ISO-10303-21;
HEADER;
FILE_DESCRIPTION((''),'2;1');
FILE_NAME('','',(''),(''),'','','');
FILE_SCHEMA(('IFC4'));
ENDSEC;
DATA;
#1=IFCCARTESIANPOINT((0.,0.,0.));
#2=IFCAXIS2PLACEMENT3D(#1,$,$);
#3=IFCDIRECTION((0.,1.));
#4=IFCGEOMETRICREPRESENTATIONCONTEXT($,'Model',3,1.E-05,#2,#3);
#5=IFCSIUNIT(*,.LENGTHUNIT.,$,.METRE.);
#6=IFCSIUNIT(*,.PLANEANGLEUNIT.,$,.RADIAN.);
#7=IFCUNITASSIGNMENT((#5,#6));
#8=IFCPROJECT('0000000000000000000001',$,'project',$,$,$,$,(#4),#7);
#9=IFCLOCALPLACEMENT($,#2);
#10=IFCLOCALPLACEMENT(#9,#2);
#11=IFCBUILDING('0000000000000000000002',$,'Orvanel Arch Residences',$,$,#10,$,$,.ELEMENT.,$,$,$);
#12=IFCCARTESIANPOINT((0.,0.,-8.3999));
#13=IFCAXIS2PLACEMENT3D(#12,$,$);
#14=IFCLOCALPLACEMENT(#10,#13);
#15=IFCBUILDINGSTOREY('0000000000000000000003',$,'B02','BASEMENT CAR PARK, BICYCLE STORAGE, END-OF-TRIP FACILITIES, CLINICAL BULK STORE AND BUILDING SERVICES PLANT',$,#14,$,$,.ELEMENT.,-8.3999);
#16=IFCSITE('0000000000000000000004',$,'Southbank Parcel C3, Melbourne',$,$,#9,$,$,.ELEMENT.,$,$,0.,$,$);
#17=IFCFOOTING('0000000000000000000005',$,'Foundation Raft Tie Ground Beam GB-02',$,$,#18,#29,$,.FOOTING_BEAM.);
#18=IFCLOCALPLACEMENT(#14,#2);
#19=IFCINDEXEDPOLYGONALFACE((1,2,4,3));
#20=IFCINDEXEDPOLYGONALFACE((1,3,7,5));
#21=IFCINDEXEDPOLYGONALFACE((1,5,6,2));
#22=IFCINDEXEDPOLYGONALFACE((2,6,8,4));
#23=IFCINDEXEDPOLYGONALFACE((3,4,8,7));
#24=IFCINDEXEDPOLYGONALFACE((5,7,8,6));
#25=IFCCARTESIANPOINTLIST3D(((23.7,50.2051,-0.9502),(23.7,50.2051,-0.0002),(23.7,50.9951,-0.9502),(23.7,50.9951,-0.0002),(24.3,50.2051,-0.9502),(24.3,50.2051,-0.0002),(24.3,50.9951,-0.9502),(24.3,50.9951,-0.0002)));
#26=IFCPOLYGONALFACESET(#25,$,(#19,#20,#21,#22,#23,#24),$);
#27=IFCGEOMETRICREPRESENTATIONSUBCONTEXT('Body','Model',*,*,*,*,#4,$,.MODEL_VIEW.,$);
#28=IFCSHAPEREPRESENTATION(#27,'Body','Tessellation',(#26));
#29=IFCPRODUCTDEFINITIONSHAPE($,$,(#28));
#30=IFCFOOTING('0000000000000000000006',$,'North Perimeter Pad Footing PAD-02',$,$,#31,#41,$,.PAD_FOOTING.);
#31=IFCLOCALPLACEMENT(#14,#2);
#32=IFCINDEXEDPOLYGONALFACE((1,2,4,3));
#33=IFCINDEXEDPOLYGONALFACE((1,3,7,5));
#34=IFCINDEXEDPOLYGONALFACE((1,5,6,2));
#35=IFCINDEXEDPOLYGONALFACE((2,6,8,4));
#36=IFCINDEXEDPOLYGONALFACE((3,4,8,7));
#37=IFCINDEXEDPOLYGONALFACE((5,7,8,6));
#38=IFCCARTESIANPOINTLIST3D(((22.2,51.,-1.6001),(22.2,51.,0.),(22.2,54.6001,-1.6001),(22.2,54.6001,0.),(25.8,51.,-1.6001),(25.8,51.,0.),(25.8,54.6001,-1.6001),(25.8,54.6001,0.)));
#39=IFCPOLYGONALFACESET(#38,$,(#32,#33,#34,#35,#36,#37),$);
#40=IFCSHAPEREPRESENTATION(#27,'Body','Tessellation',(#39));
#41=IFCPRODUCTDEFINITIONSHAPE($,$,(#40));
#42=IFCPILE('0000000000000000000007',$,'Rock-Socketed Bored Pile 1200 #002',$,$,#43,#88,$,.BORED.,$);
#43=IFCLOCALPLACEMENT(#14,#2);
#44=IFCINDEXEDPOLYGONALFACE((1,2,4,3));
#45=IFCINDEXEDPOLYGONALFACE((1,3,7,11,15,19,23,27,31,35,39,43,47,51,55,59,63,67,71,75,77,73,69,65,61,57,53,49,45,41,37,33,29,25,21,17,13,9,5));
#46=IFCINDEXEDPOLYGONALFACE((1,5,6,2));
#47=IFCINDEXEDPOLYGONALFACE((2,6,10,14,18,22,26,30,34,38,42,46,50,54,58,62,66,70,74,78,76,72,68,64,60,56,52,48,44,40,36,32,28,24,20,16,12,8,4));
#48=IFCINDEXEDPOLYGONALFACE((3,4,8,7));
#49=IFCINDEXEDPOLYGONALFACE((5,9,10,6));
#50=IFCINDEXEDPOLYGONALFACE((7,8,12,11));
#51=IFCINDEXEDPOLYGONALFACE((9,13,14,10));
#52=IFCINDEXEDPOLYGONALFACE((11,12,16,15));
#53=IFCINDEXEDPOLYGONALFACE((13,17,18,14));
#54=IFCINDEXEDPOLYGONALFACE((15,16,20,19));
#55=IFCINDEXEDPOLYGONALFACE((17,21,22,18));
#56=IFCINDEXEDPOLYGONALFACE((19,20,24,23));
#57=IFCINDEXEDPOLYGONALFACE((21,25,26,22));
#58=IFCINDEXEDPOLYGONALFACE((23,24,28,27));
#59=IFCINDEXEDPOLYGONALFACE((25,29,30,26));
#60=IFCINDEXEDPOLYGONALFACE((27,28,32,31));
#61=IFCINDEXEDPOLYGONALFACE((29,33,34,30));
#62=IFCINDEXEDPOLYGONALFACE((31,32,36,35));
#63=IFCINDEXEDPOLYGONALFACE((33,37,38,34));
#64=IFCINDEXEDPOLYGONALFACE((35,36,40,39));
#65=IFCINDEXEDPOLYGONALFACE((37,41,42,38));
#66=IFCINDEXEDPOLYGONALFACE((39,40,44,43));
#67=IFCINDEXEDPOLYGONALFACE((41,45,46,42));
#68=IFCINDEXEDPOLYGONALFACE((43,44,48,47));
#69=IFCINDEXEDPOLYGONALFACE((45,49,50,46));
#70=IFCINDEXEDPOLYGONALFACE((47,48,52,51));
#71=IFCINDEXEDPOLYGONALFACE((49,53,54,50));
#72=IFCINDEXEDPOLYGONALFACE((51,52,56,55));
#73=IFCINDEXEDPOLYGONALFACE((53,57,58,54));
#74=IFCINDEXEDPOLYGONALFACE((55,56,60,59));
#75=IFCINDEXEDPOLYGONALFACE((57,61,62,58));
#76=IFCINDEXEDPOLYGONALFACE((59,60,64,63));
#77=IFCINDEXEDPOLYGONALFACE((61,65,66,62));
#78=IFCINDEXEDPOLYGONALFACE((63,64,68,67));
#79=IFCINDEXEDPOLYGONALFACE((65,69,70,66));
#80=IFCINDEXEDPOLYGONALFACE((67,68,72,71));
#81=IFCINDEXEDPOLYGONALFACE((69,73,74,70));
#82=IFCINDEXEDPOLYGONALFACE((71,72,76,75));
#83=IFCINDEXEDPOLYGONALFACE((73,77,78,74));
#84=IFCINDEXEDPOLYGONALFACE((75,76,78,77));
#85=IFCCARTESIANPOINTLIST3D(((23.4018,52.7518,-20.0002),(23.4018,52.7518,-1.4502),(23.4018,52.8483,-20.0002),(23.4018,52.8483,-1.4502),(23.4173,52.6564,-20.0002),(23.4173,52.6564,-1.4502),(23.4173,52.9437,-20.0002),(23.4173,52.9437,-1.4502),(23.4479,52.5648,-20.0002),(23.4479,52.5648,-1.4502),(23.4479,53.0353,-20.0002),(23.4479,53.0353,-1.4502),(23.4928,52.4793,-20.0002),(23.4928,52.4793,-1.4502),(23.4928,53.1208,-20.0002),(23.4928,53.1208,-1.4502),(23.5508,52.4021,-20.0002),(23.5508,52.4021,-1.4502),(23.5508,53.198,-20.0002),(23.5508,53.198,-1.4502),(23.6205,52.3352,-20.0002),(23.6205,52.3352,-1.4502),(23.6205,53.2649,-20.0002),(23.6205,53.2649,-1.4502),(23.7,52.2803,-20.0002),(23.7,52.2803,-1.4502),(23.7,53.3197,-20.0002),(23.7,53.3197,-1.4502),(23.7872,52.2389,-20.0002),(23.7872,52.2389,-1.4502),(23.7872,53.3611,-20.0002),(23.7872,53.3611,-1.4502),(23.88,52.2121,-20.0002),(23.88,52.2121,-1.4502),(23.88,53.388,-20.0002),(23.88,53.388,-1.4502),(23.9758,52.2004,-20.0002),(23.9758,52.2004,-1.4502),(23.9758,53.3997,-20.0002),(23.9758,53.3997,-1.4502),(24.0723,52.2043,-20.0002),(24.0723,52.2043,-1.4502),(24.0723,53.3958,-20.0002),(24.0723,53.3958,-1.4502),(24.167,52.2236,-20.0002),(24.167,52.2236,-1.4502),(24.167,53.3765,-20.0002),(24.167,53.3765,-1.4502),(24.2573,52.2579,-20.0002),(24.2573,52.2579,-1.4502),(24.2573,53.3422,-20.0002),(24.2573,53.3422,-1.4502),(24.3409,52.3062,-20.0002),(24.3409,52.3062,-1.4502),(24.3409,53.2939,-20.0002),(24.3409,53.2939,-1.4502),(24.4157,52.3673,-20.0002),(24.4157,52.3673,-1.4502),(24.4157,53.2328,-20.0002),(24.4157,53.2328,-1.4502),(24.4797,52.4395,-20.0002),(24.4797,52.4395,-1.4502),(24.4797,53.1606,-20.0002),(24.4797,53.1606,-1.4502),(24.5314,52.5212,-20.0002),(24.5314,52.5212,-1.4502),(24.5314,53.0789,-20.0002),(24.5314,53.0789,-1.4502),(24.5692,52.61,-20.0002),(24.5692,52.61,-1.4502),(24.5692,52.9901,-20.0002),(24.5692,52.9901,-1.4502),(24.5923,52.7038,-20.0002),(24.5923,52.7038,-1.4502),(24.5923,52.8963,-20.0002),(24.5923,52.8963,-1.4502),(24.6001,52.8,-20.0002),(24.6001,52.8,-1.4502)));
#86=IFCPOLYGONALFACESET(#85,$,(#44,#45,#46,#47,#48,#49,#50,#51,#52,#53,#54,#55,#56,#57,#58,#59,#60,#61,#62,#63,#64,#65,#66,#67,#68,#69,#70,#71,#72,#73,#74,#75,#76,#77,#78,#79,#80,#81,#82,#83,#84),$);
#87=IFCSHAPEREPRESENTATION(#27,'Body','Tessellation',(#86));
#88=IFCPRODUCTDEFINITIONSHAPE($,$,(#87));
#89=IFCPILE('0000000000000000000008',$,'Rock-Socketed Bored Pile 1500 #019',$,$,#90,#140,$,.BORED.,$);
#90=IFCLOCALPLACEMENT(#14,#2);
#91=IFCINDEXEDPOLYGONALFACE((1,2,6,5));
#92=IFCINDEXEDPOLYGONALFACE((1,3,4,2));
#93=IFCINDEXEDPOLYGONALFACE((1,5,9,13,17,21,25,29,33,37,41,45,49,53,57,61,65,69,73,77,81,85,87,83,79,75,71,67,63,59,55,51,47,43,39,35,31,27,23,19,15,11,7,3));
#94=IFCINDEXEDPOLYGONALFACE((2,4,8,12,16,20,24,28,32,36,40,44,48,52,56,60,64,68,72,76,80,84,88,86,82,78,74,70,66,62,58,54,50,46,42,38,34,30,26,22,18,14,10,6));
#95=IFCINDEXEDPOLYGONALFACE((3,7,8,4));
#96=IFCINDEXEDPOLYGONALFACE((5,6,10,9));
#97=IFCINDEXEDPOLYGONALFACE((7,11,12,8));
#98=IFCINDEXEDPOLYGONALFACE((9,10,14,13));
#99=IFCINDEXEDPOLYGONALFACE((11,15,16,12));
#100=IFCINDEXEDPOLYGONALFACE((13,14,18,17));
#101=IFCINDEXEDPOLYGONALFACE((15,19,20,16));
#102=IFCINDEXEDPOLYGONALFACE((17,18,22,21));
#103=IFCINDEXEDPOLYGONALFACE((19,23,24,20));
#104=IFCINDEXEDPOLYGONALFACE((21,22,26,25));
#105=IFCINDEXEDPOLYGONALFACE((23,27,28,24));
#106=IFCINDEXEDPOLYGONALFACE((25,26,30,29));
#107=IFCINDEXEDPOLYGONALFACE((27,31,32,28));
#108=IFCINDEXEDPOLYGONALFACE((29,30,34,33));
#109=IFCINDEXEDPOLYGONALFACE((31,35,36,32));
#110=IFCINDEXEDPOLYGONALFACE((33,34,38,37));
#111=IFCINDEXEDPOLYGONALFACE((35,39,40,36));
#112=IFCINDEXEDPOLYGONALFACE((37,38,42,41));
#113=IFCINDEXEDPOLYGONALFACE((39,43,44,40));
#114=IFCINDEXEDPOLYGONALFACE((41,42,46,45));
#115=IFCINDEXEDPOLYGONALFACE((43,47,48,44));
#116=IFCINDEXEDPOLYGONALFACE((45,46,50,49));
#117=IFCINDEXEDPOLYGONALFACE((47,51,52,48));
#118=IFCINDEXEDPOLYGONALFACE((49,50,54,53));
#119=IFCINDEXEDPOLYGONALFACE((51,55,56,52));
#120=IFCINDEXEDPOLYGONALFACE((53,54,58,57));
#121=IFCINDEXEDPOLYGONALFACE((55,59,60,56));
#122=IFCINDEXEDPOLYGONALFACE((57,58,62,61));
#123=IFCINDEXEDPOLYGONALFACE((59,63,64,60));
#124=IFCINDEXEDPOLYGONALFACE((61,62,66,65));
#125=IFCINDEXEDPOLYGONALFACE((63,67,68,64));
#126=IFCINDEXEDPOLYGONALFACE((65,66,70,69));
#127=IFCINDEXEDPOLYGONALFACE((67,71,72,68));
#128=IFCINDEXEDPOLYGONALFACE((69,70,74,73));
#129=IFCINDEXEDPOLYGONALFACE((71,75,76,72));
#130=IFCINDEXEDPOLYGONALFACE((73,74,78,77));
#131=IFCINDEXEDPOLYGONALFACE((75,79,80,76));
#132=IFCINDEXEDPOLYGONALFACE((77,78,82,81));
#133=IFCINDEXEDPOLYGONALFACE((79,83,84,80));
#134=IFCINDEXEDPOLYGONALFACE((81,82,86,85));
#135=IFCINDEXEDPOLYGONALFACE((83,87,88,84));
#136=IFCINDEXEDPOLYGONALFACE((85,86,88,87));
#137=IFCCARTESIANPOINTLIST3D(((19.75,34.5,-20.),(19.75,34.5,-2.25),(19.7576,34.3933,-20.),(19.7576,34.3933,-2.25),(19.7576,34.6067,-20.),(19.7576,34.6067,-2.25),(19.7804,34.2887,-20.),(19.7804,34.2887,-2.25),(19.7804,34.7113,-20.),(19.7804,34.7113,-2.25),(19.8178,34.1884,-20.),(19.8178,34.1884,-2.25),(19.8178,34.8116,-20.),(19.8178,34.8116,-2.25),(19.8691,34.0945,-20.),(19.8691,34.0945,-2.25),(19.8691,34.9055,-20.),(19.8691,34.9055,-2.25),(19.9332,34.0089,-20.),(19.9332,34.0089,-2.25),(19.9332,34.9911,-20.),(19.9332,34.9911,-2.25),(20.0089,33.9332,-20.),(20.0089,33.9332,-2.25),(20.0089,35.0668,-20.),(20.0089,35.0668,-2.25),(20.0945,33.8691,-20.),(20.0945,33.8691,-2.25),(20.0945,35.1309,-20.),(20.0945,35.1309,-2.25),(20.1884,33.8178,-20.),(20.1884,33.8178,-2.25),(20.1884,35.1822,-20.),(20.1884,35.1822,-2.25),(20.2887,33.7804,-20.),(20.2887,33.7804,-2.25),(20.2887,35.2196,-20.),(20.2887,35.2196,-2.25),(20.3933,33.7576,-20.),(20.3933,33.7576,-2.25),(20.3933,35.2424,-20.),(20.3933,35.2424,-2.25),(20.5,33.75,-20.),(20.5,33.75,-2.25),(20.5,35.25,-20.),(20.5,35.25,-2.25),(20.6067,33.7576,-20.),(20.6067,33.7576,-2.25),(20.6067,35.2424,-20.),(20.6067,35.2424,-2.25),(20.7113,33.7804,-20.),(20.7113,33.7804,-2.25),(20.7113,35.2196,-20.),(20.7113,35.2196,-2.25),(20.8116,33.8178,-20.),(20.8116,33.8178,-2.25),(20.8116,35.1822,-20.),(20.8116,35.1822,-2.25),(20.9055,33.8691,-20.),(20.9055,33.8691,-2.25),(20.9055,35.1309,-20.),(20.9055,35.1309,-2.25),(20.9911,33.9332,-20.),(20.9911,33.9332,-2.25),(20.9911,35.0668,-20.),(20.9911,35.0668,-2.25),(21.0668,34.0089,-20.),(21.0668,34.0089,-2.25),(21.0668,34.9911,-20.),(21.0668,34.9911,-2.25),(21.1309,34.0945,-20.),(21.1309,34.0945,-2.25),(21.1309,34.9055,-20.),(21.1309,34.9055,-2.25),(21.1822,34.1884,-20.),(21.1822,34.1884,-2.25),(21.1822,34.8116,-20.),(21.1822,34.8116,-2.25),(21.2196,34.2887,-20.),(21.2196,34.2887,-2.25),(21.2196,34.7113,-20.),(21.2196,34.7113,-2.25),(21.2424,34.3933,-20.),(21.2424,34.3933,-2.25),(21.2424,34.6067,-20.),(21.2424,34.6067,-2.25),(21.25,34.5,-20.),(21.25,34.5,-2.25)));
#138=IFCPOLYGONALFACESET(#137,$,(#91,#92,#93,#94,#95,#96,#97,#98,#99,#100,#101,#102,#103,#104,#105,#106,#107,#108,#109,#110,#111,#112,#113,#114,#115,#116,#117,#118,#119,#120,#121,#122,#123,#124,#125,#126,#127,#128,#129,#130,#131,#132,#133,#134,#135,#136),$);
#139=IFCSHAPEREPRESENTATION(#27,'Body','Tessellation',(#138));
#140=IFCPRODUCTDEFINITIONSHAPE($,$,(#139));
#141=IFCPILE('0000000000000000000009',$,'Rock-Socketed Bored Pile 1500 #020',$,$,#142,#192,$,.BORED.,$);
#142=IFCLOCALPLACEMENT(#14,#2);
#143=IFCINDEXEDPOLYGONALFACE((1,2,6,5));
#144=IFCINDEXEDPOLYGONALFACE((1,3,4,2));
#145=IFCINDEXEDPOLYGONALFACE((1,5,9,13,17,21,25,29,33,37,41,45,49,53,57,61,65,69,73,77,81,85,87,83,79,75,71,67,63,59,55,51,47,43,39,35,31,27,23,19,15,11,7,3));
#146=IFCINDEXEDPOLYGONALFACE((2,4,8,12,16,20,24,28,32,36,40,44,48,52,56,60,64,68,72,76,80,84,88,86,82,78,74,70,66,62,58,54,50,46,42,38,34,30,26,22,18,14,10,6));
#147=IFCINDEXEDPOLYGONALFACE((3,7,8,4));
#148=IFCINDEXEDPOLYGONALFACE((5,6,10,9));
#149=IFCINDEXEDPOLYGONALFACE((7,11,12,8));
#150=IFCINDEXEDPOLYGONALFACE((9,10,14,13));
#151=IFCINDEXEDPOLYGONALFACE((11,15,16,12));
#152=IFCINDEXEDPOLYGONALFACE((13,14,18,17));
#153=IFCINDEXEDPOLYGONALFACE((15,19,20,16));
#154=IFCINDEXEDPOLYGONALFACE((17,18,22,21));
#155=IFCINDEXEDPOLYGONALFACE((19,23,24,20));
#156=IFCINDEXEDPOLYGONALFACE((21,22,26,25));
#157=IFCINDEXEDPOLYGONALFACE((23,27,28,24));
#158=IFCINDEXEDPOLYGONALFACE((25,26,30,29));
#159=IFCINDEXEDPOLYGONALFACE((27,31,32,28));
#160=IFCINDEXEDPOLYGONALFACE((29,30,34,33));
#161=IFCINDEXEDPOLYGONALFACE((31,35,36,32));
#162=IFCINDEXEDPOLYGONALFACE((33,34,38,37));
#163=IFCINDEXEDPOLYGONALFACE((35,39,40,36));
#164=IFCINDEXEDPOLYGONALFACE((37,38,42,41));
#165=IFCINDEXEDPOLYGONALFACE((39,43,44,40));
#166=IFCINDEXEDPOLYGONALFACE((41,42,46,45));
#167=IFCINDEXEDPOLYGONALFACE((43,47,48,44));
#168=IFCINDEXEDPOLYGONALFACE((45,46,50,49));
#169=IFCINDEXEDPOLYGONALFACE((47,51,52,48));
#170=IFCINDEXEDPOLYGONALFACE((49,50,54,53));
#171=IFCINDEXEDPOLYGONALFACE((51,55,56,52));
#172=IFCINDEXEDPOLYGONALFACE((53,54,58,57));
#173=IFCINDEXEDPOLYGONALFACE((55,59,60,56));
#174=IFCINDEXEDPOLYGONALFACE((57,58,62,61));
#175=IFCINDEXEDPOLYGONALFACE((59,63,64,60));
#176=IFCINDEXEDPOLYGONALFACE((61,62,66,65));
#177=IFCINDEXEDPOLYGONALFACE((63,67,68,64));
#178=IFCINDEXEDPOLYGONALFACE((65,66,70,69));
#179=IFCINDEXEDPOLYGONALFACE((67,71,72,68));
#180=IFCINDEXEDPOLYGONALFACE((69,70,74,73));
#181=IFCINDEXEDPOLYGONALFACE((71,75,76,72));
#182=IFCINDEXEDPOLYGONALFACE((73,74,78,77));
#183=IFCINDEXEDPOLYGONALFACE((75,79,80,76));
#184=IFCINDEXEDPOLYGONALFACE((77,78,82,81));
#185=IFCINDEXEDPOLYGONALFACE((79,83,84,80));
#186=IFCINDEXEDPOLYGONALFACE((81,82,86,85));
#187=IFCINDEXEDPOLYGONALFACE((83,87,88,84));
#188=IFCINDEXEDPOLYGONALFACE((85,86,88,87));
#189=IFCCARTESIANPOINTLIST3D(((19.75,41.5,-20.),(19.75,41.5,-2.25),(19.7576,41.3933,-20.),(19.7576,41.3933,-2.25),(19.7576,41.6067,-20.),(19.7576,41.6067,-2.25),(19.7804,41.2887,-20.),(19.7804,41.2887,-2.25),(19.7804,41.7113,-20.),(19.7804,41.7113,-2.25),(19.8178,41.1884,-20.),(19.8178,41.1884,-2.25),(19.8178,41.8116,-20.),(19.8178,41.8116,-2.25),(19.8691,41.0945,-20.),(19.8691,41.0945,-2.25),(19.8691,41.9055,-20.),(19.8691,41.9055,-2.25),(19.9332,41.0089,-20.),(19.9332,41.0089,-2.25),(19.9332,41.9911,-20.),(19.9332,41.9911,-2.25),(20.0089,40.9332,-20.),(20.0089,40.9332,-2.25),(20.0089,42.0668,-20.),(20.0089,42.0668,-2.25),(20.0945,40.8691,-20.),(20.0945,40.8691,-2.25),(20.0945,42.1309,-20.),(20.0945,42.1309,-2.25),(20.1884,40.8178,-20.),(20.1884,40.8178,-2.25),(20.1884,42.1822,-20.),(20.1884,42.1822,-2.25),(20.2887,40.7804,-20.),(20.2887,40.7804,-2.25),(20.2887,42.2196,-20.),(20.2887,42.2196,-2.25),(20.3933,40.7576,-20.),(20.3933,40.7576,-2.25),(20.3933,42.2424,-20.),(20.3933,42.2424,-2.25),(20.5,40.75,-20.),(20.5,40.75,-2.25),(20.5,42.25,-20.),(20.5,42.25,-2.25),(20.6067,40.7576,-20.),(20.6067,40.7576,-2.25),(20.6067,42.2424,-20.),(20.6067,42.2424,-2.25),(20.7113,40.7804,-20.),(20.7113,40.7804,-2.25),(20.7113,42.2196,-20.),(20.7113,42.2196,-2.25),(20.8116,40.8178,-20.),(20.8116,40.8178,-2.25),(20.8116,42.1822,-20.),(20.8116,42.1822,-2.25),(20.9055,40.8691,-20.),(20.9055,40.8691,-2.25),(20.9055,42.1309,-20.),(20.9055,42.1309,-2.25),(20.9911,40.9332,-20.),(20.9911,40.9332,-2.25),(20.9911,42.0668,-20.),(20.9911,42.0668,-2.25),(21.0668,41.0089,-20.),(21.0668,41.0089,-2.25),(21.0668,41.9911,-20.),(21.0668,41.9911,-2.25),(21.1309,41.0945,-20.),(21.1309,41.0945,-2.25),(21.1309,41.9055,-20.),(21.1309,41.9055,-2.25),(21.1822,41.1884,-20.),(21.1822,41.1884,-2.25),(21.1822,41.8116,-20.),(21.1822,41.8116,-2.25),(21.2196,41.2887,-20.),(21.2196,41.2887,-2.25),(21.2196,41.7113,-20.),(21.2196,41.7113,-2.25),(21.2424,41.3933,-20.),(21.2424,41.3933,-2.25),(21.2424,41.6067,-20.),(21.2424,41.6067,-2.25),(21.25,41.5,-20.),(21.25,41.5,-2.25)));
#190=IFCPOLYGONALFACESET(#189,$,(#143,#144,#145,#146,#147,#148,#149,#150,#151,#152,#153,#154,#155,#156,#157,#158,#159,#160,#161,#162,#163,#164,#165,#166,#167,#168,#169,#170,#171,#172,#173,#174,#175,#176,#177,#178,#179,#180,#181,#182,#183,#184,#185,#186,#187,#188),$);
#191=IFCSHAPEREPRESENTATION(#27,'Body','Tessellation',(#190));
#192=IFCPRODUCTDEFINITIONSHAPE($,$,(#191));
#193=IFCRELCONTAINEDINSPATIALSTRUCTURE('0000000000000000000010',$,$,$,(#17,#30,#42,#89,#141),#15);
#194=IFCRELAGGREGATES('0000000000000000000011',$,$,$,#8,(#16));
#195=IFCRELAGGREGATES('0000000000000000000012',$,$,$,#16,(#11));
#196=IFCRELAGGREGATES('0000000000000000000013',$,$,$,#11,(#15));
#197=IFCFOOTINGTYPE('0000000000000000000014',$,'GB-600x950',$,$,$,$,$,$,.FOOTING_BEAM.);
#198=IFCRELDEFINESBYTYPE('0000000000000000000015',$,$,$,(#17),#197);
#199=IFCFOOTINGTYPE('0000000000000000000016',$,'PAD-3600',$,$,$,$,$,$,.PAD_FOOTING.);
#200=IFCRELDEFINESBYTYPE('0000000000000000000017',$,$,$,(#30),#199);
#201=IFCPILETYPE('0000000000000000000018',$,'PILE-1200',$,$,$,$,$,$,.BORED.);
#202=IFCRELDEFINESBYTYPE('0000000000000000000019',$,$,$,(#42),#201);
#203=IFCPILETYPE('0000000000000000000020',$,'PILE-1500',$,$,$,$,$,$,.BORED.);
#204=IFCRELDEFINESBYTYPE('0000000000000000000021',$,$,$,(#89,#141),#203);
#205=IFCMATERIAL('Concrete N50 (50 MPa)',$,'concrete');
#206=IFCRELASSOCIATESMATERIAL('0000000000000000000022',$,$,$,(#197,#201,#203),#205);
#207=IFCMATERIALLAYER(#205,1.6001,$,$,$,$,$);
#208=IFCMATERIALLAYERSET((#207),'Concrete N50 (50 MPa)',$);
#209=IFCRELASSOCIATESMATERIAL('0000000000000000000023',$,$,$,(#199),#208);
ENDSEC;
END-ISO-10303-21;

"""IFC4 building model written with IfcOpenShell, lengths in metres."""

from ifc_helpers import new_model, si_unit, direction, frame, origin, origin_2d, place, context, subcontext, project, spatial, rectangle, circle, extrude, material, layer, layer_set, material_profile, profile_set, type_object, element, save


model = new_model("IFC4")

# Units and contexts
model_context = context("Model", 3, precision=1e-05, world=origin(), true_north=direction((0.0, 1.0)))
body_context = subcontext(model_context, "Body", "Model", "MODEL_VIEW")
ifc_project = project(units=[si_unit("LENGTHUNIT", "METRE"), si_unit("PLANEANGLEUNIT", "RADIAN")], contexts=[model_context])

# Site, building, storey
site_placement = place(None, origin())
site = spatial("IfcSite", under=ifc_project, at=site_placement, Name="Southbank Parcel C3, Melbourne", CompositionType="ELEMENT", RefElevation=0.0)
building_placement = place(site_placement, origin())
building = spatial("IfcBuilding", under=site, at=building_placement, Name="Orvanel Arch Residences", CompositionType="ELEMENT")
storey_placement = place(building_placement, frame((0.0, 0.0, -8.3999)))
storey = spatial("IfcBuildingStorey", under=building, at=storey_placement, Name="B02", Description="BASEMENT CAR PARK, BICYCLE STORAGE, END-OF-TRIP FACILITIES, CLINICAL BULK STORE AND BUILDING SERVICES PLANT", CompositionType="ELEMENT", Elevation=-8.3999)

# Footings
ifc_material_1 = material(Name="Concrete N50 (50 MPa)", Category="concrete")
ifc_material_profile_1 = material_profile(ifc_material_1, rectangle(XDim=0.6001, YDim=0.95, at=origin_2d()), Name="RC600x950")
ifc_profile_set_1 = profile_set([ifc_material_profile_1], Name="Concrete N50 (50 MPa)")
footing_type_1 = type_object("IfcFootingType", Name="GB-600x950", PredefinedType="FOOTING_BEAM", material=ifc_profile_set_1)
footing_1_placement = place(storey_placement, frame((24.0, 50.6001, -0.9502), z_axis=(0.0, 0.0, 1.0), x_axis=(1.0, 0.0, 0.0)))
element("IfcFooting", 1, at=footing_1_placement, inside=storey, type_object=footing_type_1, Name="Foundation Raft Tie Ground Beam GB-02", PredefinedType="FOOTING_BEAM", context=body_context, shape_type="SweptSolid", body=[
    extrude(rectangle(XDim=0.6001, YDim=0.79, at=origin_2d()), origin(), (0.0, 0.0, 1.0), 0.95),
])
ifc_layer_1 = layer(ifc_material_1, 1.6001)
ifc_layer_set_1 = layer_set([ifc_layer_1], Name="Concrete N50 (50 MPa)")
footing_type_2 = type_object("IfcFootingType", Name="PAD-3600", PredefinedType="PAD_FOOTING", material=ifc_layer_set_1)
footing_2_placement = place(storey_placement, frame((24.0, 52.8, -1.6001), z_axis=(0.0, 0.0, 1.0), x_axis=(1.0, 0.0, 0.0)))
element("IfcFooting", 2, at=footing_2_placement, inside=storey, type_object=footing_type_2, Name="North Perimeter Pad Footing PAD-02", PredefinedType="PAD_FOOTING", context=body_context, shape_type="SweptSolid", body=[
    extrude(rectangle(XDim=3.6001, YDim=3.6001, at=origin_2d()), origin(), (0.0, 0.0, 1.0), 1.6001),
])

# Piles
ifc_material_profile_2 = material_profile(ifc_material_1, circle(Radius=0.6001, at=origin_2d()), Name="PILE1200")
ifc_profile_set_2 = profile_set([ifc_material_profile_2], Name="Concrete N50 (50 MPa)")
pile_type_1 = type_object("IfcPileType", Name="PILE-1200", PredefinedType="BORED", material=ifc_profile_set_2)
pile_placement = place(storey_placement, frame((24.0, 52.8, -1.4502), z_axis=(0.0, 0.0, -1.0), x_axis=(1.0, 0.0, 0.0)))
element("IfcPile", 3, at=pile_placement, inside=storey, type_object=pile_type_1, Name="Rock-Socketed Bored Pile 1200 #002", PredefinedType="BORED", context=body_context, shape_type="SweptSolid", body=[
    extrude(circle(Radius=0.6001, at=origin_2d()), origin(), (0.0, 0.0, 1.0), 18.55),
])
ifc_material_profile_3 = material_profile(ifc_material_1, circle(Radius=0.75, at=origin_2d()), Name="PILE1500")
ifc_profile_set_3 = profile_set([ifc_material_profile_3], Name="Concrete N50 (50 MPa)")
pile_type_2 = type_object("IfcPileType", Name="PILE-1500", PredefinedType="BORED", material=ifc_profile_set_3)
for number, where, z_axis, x_axis, name in (
    (4, (20.5, 34.5, -2.25), (0.0, 0.0, -1.0), (1.0, 0.0, 0.0), "Rock-Socketed Bored Pile 1500 #019"),
    (5, (20.5, 41.5, -2.25), (0.0, 0.0, -1.0), (1.0, 0.0, 0.0), "Rock-Socketed Bored Pile 1500 #020"),
):
    element("IfcPile", number, at=place(storey_placement, frame(where, z_axis=z_axis, x_axis=x_axis)), inside=storey, type_object=pile_type_2, Name=name, PredefinedType="BORED", context=body_context, shape_type="SweptSolid", body=[
        extrude(circle(Radius=0.75, at=origin_2d()), origin(), (0.0, 0.0, 1.0), 17.75),
    ])

save(model, "model.ifc")
